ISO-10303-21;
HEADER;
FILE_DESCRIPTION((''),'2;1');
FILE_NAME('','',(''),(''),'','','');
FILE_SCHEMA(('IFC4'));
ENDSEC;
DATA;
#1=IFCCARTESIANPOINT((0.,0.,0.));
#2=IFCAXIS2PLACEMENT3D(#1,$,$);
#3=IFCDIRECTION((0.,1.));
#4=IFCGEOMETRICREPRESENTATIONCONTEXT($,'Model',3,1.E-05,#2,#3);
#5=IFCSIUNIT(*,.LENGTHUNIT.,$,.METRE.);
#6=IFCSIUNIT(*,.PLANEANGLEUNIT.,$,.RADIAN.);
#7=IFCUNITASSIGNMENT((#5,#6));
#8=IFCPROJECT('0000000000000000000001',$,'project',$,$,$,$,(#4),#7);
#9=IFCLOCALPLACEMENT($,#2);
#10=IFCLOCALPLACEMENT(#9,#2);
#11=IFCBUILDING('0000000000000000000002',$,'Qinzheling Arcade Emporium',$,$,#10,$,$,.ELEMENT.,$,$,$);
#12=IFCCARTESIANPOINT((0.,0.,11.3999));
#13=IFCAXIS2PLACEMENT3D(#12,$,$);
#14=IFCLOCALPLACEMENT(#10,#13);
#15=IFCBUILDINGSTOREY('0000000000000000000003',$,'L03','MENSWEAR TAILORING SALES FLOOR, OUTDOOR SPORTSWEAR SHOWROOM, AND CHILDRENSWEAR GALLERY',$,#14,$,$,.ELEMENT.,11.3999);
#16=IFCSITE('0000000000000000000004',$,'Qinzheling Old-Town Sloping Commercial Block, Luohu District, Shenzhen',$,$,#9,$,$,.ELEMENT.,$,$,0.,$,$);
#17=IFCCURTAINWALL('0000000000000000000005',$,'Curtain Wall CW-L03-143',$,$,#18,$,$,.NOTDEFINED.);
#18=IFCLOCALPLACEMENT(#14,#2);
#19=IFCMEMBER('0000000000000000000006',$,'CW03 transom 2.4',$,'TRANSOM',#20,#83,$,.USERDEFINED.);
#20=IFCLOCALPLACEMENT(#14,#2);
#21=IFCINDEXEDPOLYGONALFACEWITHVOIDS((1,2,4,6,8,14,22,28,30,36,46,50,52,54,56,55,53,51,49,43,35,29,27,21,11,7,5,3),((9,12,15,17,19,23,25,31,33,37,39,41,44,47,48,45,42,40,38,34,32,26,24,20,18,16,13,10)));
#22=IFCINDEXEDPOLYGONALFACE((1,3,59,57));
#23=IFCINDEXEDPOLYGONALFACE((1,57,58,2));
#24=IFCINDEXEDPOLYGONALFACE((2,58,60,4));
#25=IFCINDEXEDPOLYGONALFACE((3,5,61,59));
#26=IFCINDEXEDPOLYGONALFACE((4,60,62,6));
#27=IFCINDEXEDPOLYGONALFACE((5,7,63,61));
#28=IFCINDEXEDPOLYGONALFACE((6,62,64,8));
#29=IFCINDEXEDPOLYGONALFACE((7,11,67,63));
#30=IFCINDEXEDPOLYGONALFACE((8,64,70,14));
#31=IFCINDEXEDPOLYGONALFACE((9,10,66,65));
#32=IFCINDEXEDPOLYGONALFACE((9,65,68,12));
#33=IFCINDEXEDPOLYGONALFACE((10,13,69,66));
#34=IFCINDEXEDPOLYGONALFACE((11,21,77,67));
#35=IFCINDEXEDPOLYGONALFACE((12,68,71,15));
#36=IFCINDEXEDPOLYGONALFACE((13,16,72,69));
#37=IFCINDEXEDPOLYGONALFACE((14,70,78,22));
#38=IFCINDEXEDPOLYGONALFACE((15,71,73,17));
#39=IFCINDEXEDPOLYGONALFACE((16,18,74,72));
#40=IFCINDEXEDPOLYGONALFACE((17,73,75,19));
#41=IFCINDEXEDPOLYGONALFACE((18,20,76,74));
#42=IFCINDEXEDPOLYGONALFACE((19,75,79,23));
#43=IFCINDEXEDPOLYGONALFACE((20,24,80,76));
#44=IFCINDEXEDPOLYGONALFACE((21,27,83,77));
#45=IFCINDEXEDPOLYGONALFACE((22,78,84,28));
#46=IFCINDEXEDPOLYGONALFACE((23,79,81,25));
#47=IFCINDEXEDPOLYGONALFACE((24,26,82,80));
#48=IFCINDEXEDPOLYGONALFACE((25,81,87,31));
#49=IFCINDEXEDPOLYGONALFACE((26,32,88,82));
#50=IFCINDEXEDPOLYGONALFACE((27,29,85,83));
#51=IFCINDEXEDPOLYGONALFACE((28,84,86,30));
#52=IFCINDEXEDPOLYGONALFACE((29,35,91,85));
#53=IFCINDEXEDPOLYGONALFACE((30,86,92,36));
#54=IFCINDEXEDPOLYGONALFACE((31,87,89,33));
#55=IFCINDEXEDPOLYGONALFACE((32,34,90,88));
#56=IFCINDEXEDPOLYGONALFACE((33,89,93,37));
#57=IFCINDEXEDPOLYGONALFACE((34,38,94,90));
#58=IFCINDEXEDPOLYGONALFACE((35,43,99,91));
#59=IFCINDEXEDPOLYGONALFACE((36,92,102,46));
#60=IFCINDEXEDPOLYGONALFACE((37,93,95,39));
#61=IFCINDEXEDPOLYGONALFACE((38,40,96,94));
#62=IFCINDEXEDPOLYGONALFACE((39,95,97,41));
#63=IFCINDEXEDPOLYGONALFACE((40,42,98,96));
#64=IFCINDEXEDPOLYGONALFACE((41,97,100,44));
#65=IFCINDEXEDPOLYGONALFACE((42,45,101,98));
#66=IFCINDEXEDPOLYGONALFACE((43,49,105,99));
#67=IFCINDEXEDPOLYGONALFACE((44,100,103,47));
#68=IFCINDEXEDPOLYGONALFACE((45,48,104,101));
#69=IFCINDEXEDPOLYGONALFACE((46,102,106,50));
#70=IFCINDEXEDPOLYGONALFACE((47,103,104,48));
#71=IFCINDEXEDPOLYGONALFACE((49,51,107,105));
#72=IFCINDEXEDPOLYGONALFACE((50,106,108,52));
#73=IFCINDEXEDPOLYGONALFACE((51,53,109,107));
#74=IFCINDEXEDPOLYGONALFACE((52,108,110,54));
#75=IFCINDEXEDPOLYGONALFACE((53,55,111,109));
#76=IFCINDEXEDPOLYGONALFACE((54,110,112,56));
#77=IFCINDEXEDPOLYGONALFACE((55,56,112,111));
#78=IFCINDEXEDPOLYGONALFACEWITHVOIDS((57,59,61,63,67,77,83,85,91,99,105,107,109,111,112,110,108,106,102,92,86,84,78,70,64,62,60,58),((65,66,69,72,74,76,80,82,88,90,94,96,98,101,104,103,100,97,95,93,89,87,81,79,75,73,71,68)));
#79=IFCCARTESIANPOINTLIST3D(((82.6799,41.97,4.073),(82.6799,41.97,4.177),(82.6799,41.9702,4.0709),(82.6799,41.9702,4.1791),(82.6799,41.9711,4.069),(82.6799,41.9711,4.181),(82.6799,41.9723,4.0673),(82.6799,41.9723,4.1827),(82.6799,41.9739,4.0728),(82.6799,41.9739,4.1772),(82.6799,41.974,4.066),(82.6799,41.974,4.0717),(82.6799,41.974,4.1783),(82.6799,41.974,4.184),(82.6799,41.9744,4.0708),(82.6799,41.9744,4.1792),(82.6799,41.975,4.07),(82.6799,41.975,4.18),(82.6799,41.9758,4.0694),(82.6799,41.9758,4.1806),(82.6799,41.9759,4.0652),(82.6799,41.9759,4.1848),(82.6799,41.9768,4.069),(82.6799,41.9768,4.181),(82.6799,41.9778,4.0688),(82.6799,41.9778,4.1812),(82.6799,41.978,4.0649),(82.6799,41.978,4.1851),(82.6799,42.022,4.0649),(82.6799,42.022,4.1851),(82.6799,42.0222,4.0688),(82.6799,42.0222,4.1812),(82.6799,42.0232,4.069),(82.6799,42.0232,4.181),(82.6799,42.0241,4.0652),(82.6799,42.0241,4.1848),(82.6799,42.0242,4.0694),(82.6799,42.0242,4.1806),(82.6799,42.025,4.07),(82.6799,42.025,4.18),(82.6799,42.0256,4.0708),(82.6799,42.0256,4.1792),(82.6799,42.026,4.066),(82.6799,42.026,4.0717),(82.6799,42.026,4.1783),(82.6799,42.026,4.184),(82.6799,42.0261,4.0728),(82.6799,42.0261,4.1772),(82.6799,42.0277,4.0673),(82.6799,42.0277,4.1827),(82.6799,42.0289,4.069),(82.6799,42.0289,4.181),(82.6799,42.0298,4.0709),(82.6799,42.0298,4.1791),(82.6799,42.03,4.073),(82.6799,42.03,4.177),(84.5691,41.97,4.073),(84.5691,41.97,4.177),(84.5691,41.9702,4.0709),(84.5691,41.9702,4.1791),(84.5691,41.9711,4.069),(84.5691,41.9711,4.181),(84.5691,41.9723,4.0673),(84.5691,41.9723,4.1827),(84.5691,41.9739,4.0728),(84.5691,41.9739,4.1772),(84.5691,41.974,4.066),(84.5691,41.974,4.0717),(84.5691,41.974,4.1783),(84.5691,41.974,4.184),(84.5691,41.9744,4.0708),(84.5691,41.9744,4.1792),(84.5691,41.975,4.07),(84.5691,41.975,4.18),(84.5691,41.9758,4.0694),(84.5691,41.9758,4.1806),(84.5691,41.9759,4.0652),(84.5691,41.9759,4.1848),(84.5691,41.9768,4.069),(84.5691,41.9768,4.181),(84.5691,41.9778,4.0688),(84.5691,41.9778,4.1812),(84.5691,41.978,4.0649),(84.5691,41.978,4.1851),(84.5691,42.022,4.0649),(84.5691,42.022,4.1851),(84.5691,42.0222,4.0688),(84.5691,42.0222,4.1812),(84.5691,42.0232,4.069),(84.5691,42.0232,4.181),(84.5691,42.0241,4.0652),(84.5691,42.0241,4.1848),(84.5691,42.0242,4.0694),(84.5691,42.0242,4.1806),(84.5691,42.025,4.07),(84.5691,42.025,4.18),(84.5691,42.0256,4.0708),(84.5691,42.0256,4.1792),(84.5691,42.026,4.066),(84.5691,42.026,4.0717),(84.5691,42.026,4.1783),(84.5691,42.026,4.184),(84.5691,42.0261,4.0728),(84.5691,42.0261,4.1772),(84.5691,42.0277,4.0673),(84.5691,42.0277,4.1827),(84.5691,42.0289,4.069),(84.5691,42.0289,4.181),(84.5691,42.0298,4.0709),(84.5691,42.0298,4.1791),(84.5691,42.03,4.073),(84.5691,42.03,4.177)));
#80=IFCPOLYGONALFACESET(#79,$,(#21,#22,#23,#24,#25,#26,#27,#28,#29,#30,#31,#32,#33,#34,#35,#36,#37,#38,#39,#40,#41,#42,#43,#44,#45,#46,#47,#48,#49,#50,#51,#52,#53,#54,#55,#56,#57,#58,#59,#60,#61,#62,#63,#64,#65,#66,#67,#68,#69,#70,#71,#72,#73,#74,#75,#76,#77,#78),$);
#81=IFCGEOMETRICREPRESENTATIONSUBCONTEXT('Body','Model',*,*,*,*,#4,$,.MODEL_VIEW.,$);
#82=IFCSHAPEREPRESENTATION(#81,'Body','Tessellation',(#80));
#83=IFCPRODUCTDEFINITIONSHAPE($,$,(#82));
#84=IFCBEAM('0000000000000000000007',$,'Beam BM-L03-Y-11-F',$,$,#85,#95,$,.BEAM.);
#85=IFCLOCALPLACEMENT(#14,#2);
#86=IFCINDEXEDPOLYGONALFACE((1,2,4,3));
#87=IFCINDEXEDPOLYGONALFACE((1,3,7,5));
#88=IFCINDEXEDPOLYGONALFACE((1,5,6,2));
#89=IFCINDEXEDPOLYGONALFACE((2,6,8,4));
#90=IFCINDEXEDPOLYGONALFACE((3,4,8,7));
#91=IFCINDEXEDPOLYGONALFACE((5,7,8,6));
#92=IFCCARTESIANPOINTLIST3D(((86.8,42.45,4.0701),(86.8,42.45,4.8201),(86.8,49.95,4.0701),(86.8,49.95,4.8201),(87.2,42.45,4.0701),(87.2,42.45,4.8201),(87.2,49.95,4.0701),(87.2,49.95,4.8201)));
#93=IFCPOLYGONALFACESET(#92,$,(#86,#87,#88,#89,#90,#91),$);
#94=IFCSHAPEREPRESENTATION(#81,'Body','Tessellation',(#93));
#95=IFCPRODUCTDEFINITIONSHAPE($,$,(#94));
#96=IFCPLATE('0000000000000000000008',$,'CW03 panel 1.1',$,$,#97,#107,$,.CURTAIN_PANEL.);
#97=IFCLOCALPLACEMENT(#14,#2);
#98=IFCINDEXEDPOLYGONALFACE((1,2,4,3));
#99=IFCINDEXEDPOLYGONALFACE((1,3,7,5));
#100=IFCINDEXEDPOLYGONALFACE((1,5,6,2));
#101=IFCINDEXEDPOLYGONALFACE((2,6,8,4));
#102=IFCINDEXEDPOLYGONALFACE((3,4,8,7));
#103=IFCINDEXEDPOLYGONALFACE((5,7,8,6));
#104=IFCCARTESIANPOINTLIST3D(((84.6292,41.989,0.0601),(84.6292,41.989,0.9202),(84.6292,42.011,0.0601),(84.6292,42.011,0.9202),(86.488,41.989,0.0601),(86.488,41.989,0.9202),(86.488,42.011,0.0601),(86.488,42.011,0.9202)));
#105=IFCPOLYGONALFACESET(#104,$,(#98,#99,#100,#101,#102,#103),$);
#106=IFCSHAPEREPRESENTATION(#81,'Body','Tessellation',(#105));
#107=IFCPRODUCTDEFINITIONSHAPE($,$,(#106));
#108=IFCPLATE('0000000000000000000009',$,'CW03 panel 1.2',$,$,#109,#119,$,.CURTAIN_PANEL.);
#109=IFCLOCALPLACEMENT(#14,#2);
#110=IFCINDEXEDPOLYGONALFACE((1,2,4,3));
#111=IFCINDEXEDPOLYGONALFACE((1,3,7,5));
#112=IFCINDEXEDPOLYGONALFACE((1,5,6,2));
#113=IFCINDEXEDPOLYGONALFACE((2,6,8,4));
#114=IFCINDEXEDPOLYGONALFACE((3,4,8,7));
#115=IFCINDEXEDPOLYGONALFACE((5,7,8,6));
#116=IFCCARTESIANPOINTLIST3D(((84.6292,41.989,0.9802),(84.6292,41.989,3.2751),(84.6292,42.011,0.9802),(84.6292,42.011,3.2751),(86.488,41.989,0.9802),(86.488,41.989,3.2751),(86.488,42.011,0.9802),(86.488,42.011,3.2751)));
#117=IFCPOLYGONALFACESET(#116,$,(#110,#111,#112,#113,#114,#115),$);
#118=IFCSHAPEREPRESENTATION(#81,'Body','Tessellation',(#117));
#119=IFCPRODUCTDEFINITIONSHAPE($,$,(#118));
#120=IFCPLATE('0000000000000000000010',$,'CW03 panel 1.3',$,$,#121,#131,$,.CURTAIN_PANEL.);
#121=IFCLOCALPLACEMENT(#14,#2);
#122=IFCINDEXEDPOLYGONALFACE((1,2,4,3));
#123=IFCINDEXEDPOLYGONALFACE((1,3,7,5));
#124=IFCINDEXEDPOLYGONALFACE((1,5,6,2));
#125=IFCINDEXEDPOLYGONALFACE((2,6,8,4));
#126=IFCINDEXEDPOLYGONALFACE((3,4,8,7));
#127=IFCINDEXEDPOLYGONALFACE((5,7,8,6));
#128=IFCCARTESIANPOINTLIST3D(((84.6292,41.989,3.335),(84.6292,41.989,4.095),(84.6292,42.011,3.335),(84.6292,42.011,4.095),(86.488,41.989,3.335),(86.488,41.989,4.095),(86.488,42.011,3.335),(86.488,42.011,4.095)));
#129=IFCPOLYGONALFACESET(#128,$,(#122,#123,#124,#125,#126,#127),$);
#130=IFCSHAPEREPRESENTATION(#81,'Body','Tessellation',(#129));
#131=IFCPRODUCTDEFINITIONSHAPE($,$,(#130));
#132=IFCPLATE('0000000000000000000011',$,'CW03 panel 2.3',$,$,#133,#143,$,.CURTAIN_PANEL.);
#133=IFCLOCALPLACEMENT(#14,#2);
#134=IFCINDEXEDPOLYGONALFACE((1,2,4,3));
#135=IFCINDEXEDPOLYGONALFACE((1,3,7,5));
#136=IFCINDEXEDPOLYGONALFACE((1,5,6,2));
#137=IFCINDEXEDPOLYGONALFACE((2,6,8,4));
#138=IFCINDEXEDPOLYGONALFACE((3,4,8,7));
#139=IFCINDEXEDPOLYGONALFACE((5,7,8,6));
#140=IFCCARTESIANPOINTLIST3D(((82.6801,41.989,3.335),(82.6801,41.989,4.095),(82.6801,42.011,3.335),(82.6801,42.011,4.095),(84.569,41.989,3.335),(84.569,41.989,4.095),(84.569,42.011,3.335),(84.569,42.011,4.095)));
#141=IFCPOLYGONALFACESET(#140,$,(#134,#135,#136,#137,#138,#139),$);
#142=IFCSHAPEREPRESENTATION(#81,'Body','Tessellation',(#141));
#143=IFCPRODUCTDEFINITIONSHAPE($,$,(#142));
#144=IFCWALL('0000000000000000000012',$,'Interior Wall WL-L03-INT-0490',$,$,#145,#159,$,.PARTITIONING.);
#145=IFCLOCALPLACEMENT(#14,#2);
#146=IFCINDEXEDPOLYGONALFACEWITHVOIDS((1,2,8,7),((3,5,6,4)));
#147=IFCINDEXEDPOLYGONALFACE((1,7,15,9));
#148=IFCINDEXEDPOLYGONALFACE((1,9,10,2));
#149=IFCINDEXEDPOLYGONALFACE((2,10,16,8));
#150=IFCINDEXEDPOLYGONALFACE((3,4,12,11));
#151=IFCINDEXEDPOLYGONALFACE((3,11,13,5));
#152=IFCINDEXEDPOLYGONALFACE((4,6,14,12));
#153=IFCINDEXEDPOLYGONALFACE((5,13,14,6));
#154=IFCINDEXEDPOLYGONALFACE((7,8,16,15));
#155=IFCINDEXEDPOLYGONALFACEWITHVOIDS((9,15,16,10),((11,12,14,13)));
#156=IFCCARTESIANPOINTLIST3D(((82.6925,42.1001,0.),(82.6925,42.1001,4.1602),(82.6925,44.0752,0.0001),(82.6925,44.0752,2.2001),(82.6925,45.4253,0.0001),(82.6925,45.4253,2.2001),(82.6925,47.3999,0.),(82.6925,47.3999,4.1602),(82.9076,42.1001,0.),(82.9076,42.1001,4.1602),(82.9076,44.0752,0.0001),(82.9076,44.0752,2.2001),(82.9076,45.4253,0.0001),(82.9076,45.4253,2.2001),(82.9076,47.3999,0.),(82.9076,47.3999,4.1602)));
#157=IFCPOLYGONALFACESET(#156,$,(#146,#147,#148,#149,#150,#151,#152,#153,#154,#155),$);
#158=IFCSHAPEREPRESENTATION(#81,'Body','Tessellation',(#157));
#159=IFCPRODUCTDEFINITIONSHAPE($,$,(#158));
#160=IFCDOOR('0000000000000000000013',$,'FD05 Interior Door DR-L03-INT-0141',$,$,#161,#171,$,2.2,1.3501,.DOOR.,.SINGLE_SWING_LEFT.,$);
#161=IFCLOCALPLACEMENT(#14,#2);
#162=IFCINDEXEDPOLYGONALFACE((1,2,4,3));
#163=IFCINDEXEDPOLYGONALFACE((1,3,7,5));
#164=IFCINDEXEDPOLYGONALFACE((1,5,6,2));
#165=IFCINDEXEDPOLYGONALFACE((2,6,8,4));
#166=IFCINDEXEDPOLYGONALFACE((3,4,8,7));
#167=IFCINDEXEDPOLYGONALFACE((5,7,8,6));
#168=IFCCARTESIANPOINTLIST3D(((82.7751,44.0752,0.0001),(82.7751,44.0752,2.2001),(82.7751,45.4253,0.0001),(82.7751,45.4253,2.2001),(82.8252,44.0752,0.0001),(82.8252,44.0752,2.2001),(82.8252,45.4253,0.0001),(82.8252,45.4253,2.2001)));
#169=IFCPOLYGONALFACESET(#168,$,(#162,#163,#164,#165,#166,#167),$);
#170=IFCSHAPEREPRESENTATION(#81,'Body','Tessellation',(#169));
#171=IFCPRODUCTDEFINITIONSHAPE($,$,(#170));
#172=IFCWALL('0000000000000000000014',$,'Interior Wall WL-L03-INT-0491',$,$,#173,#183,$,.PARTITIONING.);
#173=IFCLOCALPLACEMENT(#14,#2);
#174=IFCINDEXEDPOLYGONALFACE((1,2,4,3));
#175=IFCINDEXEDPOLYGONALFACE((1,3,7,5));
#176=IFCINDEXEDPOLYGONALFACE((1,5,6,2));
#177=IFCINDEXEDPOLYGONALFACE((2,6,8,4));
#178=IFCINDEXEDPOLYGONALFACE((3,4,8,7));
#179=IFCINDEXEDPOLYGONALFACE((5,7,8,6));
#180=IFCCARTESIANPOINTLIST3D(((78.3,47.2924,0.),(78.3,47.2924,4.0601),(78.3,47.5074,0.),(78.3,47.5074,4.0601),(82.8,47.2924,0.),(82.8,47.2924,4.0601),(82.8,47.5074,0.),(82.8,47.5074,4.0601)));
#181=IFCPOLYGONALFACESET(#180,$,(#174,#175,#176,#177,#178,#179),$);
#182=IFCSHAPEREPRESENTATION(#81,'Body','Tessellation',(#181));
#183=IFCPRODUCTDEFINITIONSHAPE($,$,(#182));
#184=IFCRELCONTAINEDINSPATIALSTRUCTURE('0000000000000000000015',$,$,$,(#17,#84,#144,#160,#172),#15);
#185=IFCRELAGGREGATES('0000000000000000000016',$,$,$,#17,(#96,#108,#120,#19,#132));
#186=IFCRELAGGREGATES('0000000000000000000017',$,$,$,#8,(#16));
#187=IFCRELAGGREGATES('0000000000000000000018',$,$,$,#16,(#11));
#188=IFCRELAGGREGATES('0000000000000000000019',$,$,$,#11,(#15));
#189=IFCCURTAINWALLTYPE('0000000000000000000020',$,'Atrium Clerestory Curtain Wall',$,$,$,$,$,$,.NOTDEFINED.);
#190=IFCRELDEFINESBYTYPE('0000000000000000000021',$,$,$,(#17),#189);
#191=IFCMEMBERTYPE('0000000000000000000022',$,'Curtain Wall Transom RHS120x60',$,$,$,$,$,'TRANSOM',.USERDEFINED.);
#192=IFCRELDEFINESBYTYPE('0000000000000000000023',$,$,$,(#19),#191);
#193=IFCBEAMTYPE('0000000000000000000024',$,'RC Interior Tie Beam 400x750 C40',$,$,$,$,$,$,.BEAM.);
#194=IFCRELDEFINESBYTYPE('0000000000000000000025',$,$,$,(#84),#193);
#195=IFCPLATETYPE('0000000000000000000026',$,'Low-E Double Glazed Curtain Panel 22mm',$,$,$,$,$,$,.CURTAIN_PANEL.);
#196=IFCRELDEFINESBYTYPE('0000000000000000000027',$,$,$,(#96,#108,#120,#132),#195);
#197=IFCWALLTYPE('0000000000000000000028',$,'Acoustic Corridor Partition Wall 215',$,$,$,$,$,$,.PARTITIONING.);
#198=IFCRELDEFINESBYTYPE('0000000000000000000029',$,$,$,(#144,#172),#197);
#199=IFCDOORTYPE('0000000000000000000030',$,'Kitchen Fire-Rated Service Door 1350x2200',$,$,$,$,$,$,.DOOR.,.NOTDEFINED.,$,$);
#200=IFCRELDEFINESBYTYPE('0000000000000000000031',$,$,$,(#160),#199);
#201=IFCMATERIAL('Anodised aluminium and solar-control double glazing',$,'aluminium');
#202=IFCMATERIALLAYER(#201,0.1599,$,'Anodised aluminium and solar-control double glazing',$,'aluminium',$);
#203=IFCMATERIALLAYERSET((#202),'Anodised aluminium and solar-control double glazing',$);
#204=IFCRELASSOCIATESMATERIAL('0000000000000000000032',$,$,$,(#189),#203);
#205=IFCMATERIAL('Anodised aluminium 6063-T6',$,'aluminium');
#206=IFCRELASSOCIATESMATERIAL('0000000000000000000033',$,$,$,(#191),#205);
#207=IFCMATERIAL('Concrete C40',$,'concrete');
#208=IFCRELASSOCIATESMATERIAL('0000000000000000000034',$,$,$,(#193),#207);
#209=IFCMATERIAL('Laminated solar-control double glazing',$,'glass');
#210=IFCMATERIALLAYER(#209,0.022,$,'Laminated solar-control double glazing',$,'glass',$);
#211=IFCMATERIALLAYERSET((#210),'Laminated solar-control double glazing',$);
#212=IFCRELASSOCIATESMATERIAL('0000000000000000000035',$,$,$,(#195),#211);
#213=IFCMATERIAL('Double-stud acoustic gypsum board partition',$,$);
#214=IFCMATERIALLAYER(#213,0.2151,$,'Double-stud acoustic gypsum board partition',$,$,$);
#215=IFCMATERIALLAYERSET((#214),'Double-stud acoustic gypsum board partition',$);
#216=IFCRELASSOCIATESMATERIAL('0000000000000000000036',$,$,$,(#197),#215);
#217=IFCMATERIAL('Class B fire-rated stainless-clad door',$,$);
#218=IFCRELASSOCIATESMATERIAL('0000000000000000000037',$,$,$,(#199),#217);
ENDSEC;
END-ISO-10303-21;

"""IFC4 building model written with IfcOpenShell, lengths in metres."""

from ifc_helpers import new_model, si_unit, direction, frame, frame_2d, origin, origin_2d, place, context, subcontext, project, spatial, rectangle, hollow_rectangle, extrude, material, layer, layer_set, material_profile, profile_set, type_object, element, fill, aggregate, save


model = new_model("IFC4")

# Units and contexts
model_context = context("Model", 3, precision=1e-05, world=origin(), true_north=direction((0.0, 1.0)))
body_context = subcontext(model_context, "Body", "Model", "MODEL_VIEW")
ifc_project = project(units=[si_unit("LENGTHUNIT", "METRE"), si_unit("PLANEANGLEUNIT", "RADIAN")], contexts=[model_context])

# Site, building, storey
site_placement = place(None, origin())
site = spatial("IfcSite", under=ifc_project, at=site_placement, Name="Qinzheling Old-Town Sloping Commercial Block, Luohu District, Shenzhen", CompositionType="ELEMENT", RefElevation=0.0)
building_placement = place(site_placement, origin())
building = spatial("IfcBuilding", under=site, at=building_placement, Name="Qinzheling Arcade Emporium", CompositionType="ELEMENT")
storey_placement = place(building_placement, frame((0.0, 0.0, 11.3999)))
storey = spatial("IfcBuildingStorey", under=building, at=storey_placement, Name="L03", Description="MENSWEAR TAILORING SALES FLOOR, OUTDOOR SPORTSWEAR SHOWROOM, AND CHILDRENSWEAR GALLERY", CompositionType="ELEMENT", Elevation=11.3999)

# Curtain wall, member
ifc_material_1 = material(Name="Anodised aluminium and solar-control double glazing", Category="aluminium")
ifc_layer_1 = layer(ifc_material_1, 0.1599, Name="Anodised aluminium and solar-control double glazing", Category="aluminium")
ifc_layer_set_1 = layer_set([ifc_layer_1], Name="Anodised aluminium and solar-control double glazing")
curtain_wall_type = type_object("IfcCurtainWallType", Name="Atrium Clerestory Curtain Wall", PredefinedType="NOTDEFINED", material=ifc_layer_set_1)
curtain_wall_placement = place(storey_placement, origin())
curtain_wall = element("IfcCurtainWall", 1, at=curtain_wall_placement, inside=storey, type_object=curtain_wall_type, Name="Curtain Wall CW-L03-143", PredefinedType="NOTDEFINED")
ifc_material_2 = material(Name="Anodised aluminium 6063-T6", Category="aluminium")
ifc_material_profile_1 = material_profile(ifc_material_2, hollow_rectangle(XDim=0.0601, YDim=0.1201, WallThickness=0.0039, InnerFilletRadius=0.0039, OuterFilletRadius=0.0081, at=origin_2d()), Name="RHS 120x60x4", Category="aluminium")
ifc_profile_set_1 = profile_set([ifc_material_profile_1], Name="Anodised aluminium 6063-T6")
member_type_1 = type_object("IfcMemberType", Name="Curtain Wall Transom RHS120x60", ElementType="TRANSOM", PredefinedType="USERDEFINED", material=ifc_profile_set_1)
member_1_placement = place(storey_placement, frame((84.5691, 42.0, 4.125), z_axis=(-1.0, 0.0, 0.0), x_axis=(0.0, -1.0, 0.0)))
member_1 = element("IfcMember", 2, at=member_1_placement, type_object=member_type_1, Name="CW03 transom 2.4", ObjectType="TRANSOM", PredefinedType="USERDEFINED", context=body_context, shape_type="SweptSolid", body=[
    extrude(hollow_rectangle(XDim=0.0601, YDim=0.1201, WallThickness=0.0039, InnerFilletRadius=0.0039, OuterFilletRadius=0.0081, at=origin_2d()), origin(), (0.0, 0.0, 1.0), 1.8892),
])

# Beam
ifc_material_3 = material(Name="Concrete C40", Category="concrete")
ifc_material_profile_2 = material_profile(ifc_material_3, rectangle(XDim=0.3999, YDim=0.75, at=origin_2d()), Name="RC 400x750", Category="concrete")
ifc_profile_set_2 = profile_set([ifc_material_profile_2], Name="Concrete C40")
beam_type_1 = type_object("IfcBeamType", Name="RC Interior Tie Beam 400x750 C40", PredefinedType="BEAM", material=ifc_profile_set_2)
beam_1_placement = place(storey_placement, frame((87.0, 42.45, 4.4451), z_axis=(0.0, 1.0, 0.0), x_axis=(-1.0, 0.0, 0.0)))
element("IfcBeam", 3, at=beam_1_placement, inside=storey, type_object=beam_type_1, Name="Beam BM-L03-Y-11-F", PredefinedType="BEAM", context=body_context, shape_type="SweptSolid", body=[
    extrude(rectangle(XDim=0.3999, YDim=0.75, at=origin_2d()), origin(), (0.0, 0.0, 1.0), 7.5),
])

# Plates
ifc_material_4 = material(Name="Laminated solar-control double glazing", Category="glass")
ifc_layer_2 = layer(ifc_material_4, 0.022, Name="Laminated solar-control double glazing", Category="glass")
ifc_layer_set_2 = layer_set([ifc_layer_2], Name="Laminated solar-control double glazing")
plate_type = type_object("IfcPlateType", Name="Low-E Double Glazed Curtain Panel 22mm", PredefinedType="CURTAIN_PANEL", material=ifc_layer_set_2)
plate_1_placement = place(storey_placement, frame((85.5586, 42.0, 0.0601), z_axis=(0.0, 0.0, 1.0), x_axis=(-1.0, 0.0, 0.0)))
plate_1 = element("IfcPlate", 4, at=plate_1_placement, type_object=plate_type, Name="CW03 panel 1.1", PredefinedType="CURTAIN_PANEL", context=body_context, shape_type="SweptSolid", body=[
    extrude(rectangle(XDim=1.8589, YDim=0.022, at=origin_2d()), origin(), (0.0, 0.0, 1.0), 0.8601),
])
plate_2_placement = place(storey_placement, frame((85.5586, 42.0, 0.9802), z_axis=(0.0, 0.0, 1.0), x_axis=(-1.0, 0.0, 0.0)))
plate_2 = element("IfcPlate", 5, at=plate_2_placement, type_object=plate_type, Name="CW03 panel 1.2", PredefinedType="CURTAIN_PANEL", context=body_context, shape_type="SweptSolid", body=[
    extrude(rectangle(XDim=1.8589, YDim=0.022, at=origin_2d()), origin(), (0.0, 0.0, 1.0), 2.2949),
])
plate_3_placement = place(storey_placement, frame((85.5586, 42.0, 3.335), z_axis=(0.0, 0.0, 1.0), x_axis=(-1.0, 0.0, 0.0)))
plate_3 = element("IfcPlate", 6, at=plate_3_placement, type_object=plate_type, Name="CW03 panel 1.3", PredefinedType="CURTAIN_PANEL", context=body_context, shape_type="SweptSolid", body=[
    extrude(rectangle(XDim=1.8589, YDim=0.022, at=origin_2d()), origin(), (0.0, 0.0, 1.0), 0.76),
])
plate_4_placement = place(storey_placement, frame((83.6245, 42.0, 3.335), z_axis=(0.0, 0.0, 1.0), x_axis=(-1.0, 0.0, 0.0)))
plate_4 = element("IfcPlate", 7, at=plate_4_placement, type_object=plate_type, Name="CW03 panel 2.3", PredefinedType="CURTAIN_PANEL", context=body_context, shape_type="SweptSolid", body=[
    extrude(rectangle(XDim=1.8889, YDim=0.022, at=origin_2d()), origin(), (0.0, 0.0, 1.0), 0.76),
])
aggregate(curtain_wall, [plate_1, plate_2, plate_3, member_1, plate_4])

# Wall, opening, door
ifc_material_5 = material(Name="Double-stud acoustic gypsum board partition")
ifc_layer_3 = layer(ifc_material_5, 0.2151, Name="Double-stud acoustic gypsum board partition")
ifc_layer_set_3 = layer_set([ifc_layer_3], Name="Double-stud acoustic gypsum board partition")
wall_type = type_object("IfcWallType", Name="Acoustic Corridor Partition Wall 215", PredefinedType="PARTITIONING", material=ifc_layer_set_3)
wall_1_placement = place(storey_placement, frame((82.8, 42.1001, 0.0), z_axis=(0.0, 0.0, 1.0), x_axis=(0.0, 1.0, 0.0)))
wall_1 = element("IfcWall", 8, at=wall_1_placement, inside=storey, type_object=wall_type, Name="Interior Wall WL-L03-INT-0490", PredefinedType="PARTITIONING", context=body_context, shape_type="SweptSolid", body=[
    extrude(rectangle(XDim=5.2998, YDim=0.2151, at=frame_2d((2.6499, 0.0))), origin(), (0.0, 0.0, 1.0), 4.1602),
])
opening_placement = place(wall_1_placement, frame((1.9751, 0.0, 0.0)))
opening = element("IfcOpeningElement", 9, at=opening_placement, cuts=wall_1, PredefinedType="OPENING", context=body_context, shape_type="SweptSolid", body=[
    extrude(rectangle(XDim=1.3501, YDim=2.2, at=frame_2d((0.675, 1.1001))), frame((0.0, 0.1177, 0.0), z_axis=(0.0, -1.0, 0.0), x_axis=(1.0, 0.0, 0.0)), (0.0, 0.0, 1.0), 0.2351),
])
ifc_material_6 = material(Name="Class B fire-rated stainless-clad door")
door_type = type_object("IfcDoorType", Name="Kitchen Fire-Rated Service Door 1350x2200", OperationType="NOTDEFINED", PredefinedType="DOOR", material=ifc_material_6)
door_placement = place(opening_placement, origin())
door = element("IfcDoor", 10, at=door_placement, inside=storey, type_object=door_type, Name="FD05 Interior Door DR-L03-INT-0141", OperationType="SINGLE_SWING_LEFT", OverallHeight=2.2, OverallWidth=1.3501, PredefinedType="DOOR", context=body_context, shape_type="SweptSolid", body=[
    extrude(rectangle(XDim=1.3501, YDim=2.2, at=frame_2d((0.675, 1.1001))), frame((0.0, 0.0249, 0.0), z_axis=(0.0, -1.0, 0.0), x_axis=(1.0, 0.0, 0.0)), (0.0, 0.0, 1.0), 0.05),
])
fill(opening, door)

# Wall
wall_2_placement = place(storey_placement, frame((82.8, 47.3999, 0.0), z_axis=(0.0, 0.0, 1.0), x_axis=(-1.0, 0.0, 0.0)))
element("IfcWall", 11, at=wall_2_placement, inside=storey, type_object=wall_type, Name="Interior Wall WL-L03-INT-0491", PredefinedType="PARTITIONING", context=body_context, shape_type="SweptSolid", body=[
    extrude(rectangle(XDim=4.5, YDim=0.2151, at=frame_2d((2.25, 0.0))), origin(), (0.0, 0.0, 1.0), 4.0601),
])

save(model, "model.ifc")
